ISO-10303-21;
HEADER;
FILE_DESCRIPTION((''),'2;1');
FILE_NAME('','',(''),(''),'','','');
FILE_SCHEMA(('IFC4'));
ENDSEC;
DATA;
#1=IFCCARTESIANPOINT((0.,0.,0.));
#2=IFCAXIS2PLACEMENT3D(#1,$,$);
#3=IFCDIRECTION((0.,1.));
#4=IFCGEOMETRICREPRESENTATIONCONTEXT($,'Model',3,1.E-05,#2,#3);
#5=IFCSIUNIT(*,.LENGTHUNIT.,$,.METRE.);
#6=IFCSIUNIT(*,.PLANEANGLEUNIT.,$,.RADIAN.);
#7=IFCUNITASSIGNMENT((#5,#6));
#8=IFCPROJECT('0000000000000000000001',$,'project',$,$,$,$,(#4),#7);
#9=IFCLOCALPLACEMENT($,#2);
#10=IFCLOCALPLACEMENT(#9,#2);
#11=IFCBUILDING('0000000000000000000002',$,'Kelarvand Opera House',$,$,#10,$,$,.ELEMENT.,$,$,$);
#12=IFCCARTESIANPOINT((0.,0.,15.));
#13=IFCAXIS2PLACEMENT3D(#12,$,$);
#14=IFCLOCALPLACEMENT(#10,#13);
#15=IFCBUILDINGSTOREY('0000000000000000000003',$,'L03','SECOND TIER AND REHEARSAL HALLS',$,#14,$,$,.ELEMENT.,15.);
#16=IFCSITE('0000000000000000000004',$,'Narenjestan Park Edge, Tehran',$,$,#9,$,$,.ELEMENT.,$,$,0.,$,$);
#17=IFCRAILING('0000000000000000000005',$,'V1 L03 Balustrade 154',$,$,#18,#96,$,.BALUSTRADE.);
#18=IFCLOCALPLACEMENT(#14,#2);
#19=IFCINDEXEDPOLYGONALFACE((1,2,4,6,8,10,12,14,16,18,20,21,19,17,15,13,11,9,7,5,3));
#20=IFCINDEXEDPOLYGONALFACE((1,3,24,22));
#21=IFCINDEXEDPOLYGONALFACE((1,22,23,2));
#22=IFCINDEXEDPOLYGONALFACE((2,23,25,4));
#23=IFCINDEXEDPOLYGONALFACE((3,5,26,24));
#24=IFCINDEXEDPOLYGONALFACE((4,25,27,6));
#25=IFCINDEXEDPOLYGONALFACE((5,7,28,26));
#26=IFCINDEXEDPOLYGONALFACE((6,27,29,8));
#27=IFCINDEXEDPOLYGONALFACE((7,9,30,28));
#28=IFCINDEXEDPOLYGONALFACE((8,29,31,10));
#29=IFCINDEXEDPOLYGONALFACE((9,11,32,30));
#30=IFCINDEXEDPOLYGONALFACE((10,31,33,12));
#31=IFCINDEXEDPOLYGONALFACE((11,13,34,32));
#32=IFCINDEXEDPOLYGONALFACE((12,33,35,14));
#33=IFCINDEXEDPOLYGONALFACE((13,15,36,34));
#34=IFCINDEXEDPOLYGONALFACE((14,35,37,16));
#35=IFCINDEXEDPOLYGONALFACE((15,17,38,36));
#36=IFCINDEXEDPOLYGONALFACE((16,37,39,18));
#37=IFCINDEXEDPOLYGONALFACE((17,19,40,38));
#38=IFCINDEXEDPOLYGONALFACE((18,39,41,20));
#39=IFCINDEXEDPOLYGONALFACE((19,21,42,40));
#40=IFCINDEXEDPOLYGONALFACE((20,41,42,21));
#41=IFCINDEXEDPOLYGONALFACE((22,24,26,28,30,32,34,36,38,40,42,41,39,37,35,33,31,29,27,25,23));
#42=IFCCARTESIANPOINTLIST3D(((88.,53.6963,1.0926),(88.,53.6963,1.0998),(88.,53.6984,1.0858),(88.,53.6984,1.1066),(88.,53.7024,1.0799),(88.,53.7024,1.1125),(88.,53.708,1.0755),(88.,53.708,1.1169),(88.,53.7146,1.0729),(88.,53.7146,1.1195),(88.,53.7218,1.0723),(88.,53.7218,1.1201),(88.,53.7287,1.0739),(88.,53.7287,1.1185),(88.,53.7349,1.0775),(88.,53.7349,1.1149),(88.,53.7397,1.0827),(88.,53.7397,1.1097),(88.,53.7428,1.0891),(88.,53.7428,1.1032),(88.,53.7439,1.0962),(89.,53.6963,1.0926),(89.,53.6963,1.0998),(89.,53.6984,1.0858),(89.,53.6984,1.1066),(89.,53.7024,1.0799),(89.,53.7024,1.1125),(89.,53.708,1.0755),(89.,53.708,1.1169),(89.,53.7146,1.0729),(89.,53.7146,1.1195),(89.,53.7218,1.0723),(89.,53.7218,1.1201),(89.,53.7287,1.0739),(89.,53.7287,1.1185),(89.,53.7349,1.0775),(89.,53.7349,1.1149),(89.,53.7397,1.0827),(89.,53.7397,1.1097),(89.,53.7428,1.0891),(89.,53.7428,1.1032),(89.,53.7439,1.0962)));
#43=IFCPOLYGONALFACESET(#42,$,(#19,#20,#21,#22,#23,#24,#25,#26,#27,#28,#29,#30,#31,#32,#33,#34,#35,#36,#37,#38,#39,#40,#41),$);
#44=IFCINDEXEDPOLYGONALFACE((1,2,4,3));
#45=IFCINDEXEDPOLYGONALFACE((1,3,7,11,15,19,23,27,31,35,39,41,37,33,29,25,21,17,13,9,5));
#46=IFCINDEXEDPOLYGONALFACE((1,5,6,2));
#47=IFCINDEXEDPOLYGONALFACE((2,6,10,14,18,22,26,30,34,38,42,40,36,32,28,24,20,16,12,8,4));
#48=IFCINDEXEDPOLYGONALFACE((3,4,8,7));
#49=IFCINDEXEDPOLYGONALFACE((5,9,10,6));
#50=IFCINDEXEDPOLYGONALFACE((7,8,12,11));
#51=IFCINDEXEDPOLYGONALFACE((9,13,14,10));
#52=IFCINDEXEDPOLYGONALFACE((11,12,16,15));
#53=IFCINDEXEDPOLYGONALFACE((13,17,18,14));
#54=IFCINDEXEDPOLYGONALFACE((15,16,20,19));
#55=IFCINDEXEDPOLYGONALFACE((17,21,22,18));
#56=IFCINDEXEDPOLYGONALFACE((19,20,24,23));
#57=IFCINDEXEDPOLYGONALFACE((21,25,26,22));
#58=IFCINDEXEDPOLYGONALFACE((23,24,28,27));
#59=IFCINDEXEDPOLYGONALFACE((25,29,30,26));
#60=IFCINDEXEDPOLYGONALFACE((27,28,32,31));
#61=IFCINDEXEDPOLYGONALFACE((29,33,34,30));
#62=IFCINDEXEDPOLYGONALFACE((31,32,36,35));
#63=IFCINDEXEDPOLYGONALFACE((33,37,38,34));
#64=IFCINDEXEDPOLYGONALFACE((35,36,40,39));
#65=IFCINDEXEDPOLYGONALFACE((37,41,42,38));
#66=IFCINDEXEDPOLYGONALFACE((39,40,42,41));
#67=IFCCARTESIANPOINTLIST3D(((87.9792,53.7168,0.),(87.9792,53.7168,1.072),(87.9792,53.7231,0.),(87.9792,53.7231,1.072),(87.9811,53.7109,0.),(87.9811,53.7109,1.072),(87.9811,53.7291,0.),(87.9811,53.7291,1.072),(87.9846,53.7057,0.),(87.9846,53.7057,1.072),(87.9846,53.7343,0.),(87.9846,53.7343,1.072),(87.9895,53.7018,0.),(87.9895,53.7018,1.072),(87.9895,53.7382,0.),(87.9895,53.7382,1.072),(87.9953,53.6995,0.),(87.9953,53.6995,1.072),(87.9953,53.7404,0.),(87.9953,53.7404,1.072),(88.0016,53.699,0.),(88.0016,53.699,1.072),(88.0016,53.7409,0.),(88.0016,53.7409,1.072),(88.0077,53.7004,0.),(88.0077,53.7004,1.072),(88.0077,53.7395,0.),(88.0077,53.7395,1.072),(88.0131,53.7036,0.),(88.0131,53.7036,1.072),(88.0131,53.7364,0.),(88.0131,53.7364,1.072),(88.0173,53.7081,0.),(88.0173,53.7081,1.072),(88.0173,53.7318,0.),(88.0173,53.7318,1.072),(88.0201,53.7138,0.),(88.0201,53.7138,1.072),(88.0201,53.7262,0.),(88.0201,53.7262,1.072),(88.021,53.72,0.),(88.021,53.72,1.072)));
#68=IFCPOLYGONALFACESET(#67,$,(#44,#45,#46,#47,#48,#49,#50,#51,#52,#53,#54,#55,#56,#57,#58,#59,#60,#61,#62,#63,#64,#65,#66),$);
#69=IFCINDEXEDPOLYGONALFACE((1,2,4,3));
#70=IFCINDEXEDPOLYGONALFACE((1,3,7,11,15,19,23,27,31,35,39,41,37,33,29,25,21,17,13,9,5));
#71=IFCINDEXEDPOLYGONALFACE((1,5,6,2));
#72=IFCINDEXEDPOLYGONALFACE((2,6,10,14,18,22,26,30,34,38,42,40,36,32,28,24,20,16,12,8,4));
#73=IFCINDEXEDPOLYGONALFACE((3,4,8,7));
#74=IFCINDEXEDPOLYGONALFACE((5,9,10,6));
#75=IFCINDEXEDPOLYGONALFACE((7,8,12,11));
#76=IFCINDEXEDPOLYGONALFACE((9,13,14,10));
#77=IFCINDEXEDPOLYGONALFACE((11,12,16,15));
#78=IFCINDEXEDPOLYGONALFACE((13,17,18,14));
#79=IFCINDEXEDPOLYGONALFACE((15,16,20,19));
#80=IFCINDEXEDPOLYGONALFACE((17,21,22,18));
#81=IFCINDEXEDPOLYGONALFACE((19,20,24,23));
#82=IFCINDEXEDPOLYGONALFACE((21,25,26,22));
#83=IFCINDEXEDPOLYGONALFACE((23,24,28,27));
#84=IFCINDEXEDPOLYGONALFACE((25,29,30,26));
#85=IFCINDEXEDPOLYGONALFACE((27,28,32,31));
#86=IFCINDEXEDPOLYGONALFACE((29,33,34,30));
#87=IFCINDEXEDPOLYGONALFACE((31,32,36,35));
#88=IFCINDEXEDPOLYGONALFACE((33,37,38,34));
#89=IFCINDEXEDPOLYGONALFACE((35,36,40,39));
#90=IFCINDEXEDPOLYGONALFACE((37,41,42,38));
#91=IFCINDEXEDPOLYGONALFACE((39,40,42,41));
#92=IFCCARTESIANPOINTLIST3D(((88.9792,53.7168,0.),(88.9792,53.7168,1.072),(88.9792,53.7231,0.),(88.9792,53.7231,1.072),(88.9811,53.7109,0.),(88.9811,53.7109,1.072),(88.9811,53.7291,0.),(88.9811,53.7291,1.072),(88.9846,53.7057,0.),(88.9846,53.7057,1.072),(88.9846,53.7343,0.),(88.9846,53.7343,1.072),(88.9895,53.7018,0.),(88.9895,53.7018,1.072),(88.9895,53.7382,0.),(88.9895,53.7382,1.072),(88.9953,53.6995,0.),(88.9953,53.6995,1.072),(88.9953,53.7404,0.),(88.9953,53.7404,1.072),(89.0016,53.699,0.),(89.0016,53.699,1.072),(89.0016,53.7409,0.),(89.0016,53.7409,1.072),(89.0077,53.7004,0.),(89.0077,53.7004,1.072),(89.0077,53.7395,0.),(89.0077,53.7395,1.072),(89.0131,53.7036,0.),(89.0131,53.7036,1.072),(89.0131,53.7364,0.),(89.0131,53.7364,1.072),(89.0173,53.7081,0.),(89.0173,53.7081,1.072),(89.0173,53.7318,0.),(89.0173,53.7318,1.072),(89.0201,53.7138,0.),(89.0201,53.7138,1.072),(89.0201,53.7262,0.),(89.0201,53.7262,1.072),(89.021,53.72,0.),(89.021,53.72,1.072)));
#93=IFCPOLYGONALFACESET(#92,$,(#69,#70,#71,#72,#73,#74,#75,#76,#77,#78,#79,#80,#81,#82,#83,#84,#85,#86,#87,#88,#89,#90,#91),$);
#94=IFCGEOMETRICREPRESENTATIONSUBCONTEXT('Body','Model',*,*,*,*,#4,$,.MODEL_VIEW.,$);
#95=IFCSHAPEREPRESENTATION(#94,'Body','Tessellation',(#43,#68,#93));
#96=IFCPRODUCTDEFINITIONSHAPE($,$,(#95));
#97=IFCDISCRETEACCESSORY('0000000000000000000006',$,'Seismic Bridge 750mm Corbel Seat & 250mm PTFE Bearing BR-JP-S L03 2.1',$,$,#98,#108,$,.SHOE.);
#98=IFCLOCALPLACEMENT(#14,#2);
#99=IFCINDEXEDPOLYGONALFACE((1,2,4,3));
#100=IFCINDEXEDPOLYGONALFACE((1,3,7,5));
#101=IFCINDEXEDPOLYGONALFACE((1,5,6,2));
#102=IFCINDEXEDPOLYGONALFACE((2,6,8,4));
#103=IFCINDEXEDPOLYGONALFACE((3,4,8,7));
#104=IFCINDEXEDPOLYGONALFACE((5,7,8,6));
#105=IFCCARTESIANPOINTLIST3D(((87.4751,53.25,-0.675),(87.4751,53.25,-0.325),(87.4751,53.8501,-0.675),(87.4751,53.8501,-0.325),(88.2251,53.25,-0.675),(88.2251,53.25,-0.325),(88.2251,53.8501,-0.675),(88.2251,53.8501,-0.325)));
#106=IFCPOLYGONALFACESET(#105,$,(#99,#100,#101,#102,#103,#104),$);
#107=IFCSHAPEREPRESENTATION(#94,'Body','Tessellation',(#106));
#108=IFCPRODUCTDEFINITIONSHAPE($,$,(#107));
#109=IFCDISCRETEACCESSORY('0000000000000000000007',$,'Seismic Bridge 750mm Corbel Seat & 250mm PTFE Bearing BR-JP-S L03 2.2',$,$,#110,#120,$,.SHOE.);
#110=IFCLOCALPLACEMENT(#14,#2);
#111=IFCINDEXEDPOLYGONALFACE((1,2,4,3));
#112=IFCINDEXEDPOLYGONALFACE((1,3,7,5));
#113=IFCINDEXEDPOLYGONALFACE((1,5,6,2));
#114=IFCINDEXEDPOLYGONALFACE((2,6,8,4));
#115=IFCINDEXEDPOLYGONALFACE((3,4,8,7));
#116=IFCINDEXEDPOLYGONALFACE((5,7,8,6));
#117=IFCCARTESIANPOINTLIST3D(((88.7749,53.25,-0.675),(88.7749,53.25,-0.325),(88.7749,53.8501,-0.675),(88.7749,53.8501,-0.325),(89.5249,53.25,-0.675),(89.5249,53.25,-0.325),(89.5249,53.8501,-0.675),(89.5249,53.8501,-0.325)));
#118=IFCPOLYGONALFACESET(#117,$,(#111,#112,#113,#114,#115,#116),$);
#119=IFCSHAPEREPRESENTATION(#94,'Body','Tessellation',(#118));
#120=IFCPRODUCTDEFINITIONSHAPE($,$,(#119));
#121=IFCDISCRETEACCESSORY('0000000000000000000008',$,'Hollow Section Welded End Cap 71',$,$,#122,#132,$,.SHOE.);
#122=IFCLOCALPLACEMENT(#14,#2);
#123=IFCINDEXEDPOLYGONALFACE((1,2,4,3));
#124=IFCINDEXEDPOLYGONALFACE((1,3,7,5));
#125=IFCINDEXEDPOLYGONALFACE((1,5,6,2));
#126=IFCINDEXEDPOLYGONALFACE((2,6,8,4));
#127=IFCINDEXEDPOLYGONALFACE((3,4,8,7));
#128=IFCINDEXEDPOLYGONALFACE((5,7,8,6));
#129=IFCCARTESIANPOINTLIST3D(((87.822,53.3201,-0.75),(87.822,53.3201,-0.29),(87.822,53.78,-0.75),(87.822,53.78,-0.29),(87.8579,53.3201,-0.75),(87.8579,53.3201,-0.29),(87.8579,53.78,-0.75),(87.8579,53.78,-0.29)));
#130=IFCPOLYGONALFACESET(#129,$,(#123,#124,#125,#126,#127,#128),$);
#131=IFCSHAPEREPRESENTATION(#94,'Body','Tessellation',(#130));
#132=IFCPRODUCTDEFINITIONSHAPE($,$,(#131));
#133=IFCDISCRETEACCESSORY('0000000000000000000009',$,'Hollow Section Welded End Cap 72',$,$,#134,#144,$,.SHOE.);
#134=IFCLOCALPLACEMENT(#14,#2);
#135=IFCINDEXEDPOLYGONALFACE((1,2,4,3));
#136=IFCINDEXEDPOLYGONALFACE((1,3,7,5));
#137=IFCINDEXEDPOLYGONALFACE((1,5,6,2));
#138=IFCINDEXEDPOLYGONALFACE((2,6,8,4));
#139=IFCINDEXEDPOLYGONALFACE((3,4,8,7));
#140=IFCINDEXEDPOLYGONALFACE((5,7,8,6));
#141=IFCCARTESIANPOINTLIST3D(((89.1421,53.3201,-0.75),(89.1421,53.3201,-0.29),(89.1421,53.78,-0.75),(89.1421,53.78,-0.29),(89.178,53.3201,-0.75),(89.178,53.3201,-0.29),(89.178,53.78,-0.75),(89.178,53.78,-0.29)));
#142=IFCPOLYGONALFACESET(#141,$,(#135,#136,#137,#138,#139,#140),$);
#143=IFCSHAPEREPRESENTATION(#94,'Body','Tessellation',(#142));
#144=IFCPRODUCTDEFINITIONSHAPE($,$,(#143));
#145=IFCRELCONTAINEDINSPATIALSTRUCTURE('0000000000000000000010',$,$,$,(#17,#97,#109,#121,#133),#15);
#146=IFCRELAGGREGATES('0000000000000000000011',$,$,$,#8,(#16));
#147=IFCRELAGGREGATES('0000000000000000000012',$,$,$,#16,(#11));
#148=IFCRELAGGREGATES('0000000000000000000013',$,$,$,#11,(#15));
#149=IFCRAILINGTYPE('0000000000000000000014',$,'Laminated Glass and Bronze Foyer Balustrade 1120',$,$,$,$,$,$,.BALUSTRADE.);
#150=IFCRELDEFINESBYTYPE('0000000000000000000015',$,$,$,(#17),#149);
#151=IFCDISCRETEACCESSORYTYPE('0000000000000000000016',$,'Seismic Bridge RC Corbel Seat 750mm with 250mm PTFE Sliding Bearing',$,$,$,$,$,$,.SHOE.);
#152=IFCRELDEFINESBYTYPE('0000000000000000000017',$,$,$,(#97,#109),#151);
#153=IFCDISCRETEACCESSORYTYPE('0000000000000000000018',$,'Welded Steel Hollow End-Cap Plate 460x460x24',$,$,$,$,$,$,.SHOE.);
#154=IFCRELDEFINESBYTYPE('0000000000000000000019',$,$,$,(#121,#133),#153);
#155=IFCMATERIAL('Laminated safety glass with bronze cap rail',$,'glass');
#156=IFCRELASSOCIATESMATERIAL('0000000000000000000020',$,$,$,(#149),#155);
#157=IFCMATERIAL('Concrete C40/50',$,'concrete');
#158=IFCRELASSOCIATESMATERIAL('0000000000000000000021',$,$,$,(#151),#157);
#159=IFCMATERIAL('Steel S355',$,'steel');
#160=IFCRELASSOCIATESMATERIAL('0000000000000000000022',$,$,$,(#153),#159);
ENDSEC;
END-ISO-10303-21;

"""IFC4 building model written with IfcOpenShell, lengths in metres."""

from ifc_helpers import new_model, si_unit, direction, frame, origin, origin_2d, place, context, subcontext, project, spatial, rectangle, circle, extrude, material, material_profile, profile_set, type_object, element, save


model = new_model("IFC4")

# Units and contexts
model_context = context("Model", 3, precision=1e-05, world=origin(), true_north=direction((0.0, 1.0)))
body_context = subcontext(model_context, "Body", "Model", "MODEL_VIEW")
ifc_project = project(units=[si_unit("LENGTHUNIT", "METRE"), si_unit("PLANEANGLEUNIT", "RADIAN")], contexts=[model_context])

# Site, building, storey
site_placement = place(None, origin())
site = spatial("IfcSite", under=ifc_project, at=site_placement, Name="Narenjestan Park Edge, Tehran", CompositionType="ELEMENT", RefElevation=0.0)
building_placement = place(site_placement, origin())
building = spatial("IfcBuilding", under=site, at=building_placement, Name="Kelarvand Opera House", CompositionType="ELEMENT")
storey_placement = place(building_placement, frame((0.0, 0.0, 15.0)))
storey = spatial("IfcBuildingStorey", under=building, at=storey_placement, Name="L03", Description="SECOND TIER AND REHEARSAL HALLS", CompositionType="ELEMENT", Elevation=15.0)

# Shared definitions
ifc_material_1 = material(Name="Concrete C40/50", Category="concrete")

# Shared definitions
ifc_material_2 = material(Name="Steel S355", Category="steel")

# Railing
ifc_material_3 = material(Name="Laminated safety glass with bronze cap rail", Category="glass")
railing_type_1 = type_object("IfcRailingType", Name="Laminated Glass and Bronze Foyer Balustrade 1120", PredefinedType="BALUSTRADE", material=ifc_material_3)
railing_1_placement = place(storey_placement, frame((88.0, 53.72, 0.0)))
element("IfcRailing", 1, at=railing_1_placement, inside=storey, type_object=railing_type_1, Name="V1 L03 Balustrade 154", PredefinedType="BALUSTRADE", context=body_context, shape_type="SweptSolid", body=[
    extrude(circle(Radius=0.0239, at=origin_2d()), frame((0.0, 0.0, 1.0962), z_axis=(1.0, 0.0, 0.0), x_axis=(0.0, 1.0, 0.0)), (0.0, 0.0, 1.0), 1.0),
    extrude(circle(Radius=0.021, at=origin_2d()), origin(), (0.0, 0.0, 1.0), 1.072),
    extrude(circle(Radius=0.021, at=origin_2d()), frame((1.0, 0.0, 0.0)), (0.0, 0.0, 1.0), 1.072),
])

# Discrete accessories
discrete_accessory_type_1 = type_object("IfcDiscreteAccessoryType", Name="Seismic Bridge RC Corbel Seat 750mm with 250mm PTFE Sliding Bearing", PredefinedType="SHOE", material=ifc_material_1)
for number, where, z_axis, x_axis, name in (
    (2, (87.8501, 53.55, -0.675), (0.0, 0.0, 1.0), (1.0, 0.0, 0.0), "Seismic Bridge 750mm Corbel Seat & 250mm PTFE Bearing BR-JP-S L03 2.1"),
    (3, (89.1499, 53.55, -0.675), (0.0, 0.0, 1.0), (1.0, 0.0, 0.0), "Seismic Bridge 750mm Corbel Seat & 250mm PTFE Bearing BR-JP-S L03 2.2"),
):
    element("IfcDiscreteAccessory", number, at=place(storey_placement, frame(where, z_axis=z_axis, x_axis=x_axis)), inside=storey, type_object=discrete_accessory_type_1, Name=name, PredefinedType="SHOE", context=body_context, shape_type="SweptSolid", body=[
        extrude(rectangle(XDim=0.75, YDim=0.6001, at=origin_2d()), origin(), (0.0, 0.0, 1.0), 0.3501),
    ])
ifc_material_profile_1 = material_profile(ifc_material_2, rectangle(XDim=0.46, YDim=0.46, at=origin_2d()), Name="Welded Steel Hollow End-Cap Plate 460x460x24", Category="steel")
ifc_profile_set_1 = profile_set([ifc_material_profile_1], Name="Steel S355")
discrete_accessory_type_2 = type_object("IfcDiscreteAccessoryType", Name="Welded Steel Hollow End-Cap Plate 460x460x24", PredefinedType="SHOE", material=ifc_profile_set_1)
for number, where, z_axis, x_axis, name in (
    (4, (87.8579, 53.55, -0.52), (-1.0, 0.0, 0.0), (0.0, -1.0, 0.0), "Hollow Section Welded End Cap 71"),
    (5, (89.1421, 53.55, -0.52), (1.0, 0.0, 0.0), (0.0, 1.0, 0.0), "Hollow Section Welded End Cap 72"),
):
    element("IfcDiscreteAccessory", number, at=place(storey_placement, frame(where, z_axis=z_axis, x_axis=x_axis)), inside=storey, type_object=discrete_accessory_type_2, Name=name, PredefinedType="SHOE", context=body_context, shape_type="SweptSolid", body=[
        extrude(rectangle(XDim=0.46, YDim=0.46, at=origin_2d()), origin(), (0.0, 0.0, 1.0), 0.0359),
    ])

save(model, "model.ifc")
